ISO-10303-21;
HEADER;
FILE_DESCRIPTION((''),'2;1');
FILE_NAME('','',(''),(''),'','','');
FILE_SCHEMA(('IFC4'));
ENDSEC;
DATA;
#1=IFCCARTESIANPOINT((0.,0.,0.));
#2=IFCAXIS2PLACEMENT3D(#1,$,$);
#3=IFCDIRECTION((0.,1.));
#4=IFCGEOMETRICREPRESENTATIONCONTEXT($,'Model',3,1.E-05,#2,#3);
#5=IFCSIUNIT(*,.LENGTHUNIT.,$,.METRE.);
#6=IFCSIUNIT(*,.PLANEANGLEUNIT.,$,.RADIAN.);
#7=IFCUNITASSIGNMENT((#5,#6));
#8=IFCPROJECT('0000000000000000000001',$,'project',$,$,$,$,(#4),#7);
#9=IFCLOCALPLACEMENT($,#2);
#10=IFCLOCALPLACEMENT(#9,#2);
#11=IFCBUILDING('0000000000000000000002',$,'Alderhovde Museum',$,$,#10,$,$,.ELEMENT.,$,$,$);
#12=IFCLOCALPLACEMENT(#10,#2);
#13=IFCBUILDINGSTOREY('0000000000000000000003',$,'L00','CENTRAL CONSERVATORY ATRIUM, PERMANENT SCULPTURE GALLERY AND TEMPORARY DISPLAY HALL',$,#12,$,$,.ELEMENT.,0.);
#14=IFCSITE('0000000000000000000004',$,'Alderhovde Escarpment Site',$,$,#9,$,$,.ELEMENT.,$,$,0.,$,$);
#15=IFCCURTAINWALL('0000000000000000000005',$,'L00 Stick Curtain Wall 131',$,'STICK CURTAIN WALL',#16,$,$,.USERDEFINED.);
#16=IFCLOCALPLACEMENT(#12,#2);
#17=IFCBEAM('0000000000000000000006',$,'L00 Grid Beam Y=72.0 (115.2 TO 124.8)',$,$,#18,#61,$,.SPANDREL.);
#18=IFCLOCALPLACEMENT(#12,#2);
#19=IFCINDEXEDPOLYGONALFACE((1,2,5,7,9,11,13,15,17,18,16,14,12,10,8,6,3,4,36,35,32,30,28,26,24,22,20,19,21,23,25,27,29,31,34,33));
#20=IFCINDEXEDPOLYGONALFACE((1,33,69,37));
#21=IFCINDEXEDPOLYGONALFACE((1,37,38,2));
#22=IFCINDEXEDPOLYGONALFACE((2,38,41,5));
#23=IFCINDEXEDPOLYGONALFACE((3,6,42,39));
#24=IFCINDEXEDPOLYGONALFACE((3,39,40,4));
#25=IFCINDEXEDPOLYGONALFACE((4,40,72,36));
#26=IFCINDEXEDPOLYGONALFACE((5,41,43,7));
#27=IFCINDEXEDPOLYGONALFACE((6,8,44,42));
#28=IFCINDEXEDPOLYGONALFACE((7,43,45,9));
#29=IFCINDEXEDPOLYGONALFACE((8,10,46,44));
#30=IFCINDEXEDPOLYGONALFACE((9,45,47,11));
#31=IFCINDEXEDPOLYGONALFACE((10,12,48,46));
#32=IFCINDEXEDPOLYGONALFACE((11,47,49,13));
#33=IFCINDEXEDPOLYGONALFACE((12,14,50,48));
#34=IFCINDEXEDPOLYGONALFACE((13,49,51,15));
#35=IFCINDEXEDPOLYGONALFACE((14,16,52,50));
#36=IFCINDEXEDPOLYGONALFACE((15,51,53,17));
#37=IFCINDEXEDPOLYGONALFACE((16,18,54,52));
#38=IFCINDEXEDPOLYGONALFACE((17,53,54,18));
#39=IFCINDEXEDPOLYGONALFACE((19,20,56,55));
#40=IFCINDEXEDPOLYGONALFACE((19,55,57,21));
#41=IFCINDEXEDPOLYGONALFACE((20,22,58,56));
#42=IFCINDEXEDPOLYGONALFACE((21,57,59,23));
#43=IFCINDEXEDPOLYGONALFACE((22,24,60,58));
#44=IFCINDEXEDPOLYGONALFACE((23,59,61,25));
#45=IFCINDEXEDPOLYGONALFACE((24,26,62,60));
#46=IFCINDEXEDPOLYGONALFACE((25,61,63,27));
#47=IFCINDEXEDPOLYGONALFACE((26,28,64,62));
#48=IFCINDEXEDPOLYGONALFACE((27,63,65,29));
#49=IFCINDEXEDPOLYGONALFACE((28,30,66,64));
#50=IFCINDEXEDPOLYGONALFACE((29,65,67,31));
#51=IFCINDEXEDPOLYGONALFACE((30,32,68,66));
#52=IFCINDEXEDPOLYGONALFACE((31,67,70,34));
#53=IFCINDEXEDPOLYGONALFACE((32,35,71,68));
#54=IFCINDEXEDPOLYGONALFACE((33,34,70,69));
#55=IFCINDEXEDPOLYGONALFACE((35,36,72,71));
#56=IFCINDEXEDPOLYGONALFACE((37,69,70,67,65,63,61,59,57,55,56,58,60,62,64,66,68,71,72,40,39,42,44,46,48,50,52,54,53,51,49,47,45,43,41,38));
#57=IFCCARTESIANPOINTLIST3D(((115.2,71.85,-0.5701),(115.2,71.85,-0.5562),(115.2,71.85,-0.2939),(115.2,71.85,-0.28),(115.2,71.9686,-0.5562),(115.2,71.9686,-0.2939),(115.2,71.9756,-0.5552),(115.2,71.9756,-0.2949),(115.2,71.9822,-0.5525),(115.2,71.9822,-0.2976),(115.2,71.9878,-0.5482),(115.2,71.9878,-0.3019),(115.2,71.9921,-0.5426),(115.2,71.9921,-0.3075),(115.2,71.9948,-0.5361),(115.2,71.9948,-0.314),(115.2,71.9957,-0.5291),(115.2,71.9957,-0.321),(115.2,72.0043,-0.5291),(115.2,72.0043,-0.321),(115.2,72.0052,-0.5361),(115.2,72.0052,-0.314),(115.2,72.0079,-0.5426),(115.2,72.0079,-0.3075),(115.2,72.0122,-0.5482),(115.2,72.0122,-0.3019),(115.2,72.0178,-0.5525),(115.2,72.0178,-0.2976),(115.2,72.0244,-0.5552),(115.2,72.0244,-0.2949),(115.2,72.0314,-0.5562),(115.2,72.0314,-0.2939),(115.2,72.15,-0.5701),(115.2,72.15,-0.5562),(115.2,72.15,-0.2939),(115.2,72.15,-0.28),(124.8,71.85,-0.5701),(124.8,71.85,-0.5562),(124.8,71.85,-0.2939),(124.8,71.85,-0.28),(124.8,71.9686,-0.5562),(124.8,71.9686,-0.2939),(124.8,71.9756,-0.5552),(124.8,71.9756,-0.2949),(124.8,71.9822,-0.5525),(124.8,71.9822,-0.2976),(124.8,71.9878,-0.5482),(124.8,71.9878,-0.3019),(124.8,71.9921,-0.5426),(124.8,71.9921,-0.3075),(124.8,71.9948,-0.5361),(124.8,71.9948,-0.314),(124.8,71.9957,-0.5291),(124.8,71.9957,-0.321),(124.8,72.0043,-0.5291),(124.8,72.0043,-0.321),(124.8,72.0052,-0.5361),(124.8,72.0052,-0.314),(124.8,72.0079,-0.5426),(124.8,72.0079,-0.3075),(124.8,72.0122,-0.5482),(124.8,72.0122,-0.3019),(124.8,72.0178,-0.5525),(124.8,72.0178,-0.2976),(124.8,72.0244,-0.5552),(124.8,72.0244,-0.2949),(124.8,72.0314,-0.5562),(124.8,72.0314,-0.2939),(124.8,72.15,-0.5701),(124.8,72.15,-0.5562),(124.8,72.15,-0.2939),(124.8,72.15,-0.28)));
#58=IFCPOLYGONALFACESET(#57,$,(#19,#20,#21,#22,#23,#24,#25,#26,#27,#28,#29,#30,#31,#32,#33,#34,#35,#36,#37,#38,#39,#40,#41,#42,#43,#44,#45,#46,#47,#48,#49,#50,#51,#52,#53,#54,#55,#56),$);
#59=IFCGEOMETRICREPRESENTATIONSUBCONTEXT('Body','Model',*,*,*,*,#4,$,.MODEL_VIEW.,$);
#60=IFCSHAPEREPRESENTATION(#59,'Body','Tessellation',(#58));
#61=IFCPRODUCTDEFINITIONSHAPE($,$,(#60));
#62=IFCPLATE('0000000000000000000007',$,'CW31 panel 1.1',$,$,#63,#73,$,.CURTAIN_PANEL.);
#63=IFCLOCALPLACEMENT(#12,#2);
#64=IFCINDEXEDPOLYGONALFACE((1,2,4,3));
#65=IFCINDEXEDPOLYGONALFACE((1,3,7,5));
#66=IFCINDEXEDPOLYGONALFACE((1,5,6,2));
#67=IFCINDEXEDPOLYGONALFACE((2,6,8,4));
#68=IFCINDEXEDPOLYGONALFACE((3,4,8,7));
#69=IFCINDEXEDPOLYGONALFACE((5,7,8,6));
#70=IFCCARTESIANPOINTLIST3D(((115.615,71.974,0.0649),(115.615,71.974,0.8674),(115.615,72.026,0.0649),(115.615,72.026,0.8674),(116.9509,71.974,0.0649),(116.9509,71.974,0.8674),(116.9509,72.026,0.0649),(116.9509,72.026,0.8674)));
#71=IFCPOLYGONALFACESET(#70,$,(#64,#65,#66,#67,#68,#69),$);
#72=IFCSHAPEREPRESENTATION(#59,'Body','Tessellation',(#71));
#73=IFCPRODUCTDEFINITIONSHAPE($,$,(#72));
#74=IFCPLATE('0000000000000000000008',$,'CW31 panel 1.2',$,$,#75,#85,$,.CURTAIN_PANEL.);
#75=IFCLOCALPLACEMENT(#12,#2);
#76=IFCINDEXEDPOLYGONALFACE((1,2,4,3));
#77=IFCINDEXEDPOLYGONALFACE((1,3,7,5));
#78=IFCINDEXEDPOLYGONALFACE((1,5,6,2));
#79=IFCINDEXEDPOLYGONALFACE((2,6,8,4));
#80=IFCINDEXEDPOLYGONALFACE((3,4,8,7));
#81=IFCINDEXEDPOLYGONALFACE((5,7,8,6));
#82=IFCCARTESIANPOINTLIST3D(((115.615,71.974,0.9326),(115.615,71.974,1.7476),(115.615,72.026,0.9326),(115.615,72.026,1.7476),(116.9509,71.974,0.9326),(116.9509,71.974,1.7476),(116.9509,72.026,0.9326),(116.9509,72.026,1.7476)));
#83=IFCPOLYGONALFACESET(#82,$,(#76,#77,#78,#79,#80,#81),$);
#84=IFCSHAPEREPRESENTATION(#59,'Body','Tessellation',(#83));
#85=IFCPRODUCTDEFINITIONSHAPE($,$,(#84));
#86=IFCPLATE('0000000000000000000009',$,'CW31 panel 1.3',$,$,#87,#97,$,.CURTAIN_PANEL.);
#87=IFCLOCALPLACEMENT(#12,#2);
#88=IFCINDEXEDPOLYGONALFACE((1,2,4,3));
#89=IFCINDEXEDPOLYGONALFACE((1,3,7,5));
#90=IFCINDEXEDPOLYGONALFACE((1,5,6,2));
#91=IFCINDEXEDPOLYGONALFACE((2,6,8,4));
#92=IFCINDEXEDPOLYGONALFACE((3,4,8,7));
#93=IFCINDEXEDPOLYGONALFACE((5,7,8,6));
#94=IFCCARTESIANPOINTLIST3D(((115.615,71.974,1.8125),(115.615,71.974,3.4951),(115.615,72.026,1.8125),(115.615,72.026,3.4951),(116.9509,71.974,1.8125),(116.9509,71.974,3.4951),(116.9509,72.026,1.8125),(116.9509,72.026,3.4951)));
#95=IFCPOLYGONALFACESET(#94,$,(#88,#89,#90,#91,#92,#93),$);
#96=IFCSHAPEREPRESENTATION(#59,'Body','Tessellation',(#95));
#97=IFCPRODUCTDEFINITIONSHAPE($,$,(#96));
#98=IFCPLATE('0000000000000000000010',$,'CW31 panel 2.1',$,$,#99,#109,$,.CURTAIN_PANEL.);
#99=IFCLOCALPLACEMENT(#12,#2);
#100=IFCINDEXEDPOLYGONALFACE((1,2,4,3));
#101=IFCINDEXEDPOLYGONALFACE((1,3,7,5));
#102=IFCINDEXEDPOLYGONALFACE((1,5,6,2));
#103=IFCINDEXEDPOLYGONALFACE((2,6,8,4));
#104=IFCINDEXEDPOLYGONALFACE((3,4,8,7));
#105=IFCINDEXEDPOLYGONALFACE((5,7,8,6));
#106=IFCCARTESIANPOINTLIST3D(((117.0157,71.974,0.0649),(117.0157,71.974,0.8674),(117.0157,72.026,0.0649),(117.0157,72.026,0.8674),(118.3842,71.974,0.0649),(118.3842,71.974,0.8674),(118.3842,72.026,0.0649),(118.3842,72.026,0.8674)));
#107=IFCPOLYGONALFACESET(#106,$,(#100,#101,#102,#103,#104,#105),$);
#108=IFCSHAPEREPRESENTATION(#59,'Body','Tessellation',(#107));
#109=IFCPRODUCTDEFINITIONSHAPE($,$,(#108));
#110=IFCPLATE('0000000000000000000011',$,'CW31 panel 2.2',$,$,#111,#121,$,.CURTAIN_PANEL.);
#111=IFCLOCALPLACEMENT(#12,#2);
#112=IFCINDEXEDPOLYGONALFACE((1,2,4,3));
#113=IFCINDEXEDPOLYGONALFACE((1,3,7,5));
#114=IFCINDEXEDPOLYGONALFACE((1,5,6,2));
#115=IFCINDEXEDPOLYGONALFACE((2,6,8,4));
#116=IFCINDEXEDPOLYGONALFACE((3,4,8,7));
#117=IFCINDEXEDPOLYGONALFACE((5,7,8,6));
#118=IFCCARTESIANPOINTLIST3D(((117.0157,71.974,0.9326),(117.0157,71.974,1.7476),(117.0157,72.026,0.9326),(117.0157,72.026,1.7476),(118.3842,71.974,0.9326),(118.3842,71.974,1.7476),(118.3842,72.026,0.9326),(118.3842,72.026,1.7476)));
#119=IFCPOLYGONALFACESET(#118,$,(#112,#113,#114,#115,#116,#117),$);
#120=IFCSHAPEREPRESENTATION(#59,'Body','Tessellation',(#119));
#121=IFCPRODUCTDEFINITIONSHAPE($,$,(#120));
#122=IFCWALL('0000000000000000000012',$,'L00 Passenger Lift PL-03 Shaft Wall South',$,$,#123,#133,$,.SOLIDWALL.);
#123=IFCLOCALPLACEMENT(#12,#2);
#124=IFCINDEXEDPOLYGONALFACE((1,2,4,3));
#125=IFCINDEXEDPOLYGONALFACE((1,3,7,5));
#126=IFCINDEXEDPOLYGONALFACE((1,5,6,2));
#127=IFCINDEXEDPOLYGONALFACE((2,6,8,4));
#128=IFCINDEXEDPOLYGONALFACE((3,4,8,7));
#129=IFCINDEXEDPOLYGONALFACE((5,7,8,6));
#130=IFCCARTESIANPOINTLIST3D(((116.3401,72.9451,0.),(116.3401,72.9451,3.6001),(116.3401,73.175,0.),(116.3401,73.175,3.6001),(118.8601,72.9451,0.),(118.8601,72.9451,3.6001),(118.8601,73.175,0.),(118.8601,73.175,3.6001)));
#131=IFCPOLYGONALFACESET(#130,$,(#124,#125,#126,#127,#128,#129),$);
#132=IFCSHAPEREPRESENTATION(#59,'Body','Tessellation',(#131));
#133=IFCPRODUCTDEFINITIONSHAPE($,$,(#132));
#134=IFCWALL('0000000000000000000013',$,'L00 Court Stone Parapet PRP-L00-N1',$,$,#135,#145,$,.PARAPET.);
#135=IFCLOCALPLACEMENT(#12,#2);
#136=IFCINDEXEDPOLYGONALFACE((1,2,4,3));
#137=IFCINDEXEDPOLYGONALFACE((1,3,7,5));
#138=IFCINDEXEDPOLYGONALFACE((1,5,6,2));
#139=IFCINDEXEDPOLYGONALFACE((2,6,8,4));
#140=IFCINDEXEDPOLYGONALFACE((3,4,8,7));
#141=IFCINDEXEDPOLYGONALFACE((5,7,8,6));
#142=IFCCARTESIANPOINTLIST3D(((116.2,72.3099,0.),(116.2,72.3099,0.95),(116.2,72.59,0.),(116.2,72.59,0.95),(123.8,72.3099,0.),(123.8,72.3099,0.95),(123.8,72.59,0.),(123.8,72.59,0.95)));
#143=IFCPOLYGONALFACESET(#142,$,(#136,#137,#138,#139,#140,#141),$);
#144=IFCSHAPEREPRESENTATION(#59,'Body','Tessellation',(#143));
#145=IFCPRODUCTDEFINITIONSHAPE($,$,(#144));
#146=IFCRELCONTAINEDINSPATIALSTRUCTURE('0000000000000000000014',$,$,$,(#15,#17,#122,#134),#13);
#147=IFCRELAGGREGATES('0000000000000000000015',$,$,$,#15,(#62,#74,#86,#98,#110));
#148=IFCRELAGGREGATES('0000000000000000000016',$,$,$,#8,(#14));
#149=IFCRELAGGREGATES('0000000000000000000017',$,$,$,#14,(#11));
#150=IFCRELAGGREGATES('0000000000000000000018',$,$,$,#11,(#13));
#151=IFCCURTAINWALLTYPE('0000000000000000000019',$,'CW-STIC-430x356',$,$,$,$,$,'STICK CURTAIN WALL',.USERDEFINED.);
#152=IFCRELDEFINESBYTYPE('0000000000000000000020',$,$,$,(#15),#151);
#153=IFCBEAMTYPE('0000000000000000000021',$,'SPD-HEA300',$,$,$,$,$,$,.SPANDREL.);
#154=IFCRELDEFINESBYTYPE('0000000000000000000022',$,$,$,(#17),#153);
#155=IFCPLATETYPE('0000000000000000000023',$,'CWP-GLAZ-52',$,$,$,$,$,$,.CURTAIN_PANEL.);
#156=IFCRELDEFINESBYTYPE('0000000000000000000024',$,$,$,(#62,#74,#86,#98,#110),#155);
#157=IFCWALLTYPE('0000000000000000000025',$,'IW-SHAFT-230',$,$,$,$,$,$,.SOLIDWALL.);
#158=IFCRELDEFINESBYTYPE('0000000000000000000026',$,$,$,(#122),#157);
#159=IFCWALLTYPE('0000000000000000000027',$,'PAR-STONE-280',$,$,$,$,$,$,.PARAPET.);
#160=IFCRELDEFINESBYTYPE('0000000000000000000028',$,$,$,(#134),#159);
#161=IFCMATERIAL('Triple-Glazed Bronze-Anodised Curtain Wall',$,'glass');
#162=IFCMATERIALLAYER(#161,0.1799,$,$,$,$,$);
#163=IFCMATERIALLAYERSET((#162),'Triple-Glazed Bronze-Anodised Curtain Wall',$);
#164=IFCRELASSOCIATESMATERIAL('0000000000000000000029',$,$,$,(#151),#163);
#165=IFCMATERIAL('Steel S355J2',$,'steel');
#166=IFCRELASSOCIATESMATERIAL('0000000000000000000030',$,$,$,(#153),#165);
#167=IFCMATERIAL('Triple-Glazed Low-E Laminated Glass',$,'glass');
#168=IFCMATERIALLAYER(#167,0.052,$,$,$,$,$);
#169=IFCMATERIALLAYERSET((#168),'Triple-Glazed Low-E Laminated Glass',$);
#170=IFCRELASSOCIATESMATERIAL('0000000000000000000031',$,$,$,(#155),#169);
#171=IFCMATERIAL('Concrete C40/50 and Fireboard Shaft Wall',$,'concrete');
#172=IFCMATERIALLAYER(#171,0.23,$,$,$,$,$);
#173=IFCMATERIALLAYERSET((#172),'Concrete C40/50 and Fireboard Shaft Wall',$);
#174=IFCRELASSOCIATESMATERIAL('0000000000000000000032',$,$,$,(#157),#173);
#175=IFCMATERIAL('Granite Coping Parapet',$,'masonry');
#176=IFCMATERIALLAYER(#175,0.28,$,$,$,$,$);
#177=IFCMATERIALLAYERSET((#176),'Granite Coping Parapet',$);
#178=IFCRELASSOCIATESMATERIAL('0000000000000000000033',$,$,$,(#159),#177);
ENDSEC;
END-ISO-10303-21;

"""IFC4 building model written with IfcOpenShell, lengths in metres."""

from ifc_helpers import new_model, si_unit, direction, frame, frame_2d, origin, origin_2d, place, context, subcontext, project, spatial, rectangle, i_section, extrude, material, layer, layer_set, material_profile, profile_set, type_object, element, aggregate, save


model = new_model("IFC4")

# Units and contexts
model_context = context("Model", 3, precision=1e-05, world=origin(), true_north=direction((0.0, 1.0)))
body_context = subcontext(model_context, "Body", "Model", "MODEL_VIEW")
ifc_project = project(units=[si_unit("LENGTHUNIT", "METRE"), si_unit("PLANEANGLEUNIT", "RADIAN")], contexts=[model_context])

# Site, building, storey
site_placement = place(None, origin())
site = spatial("IfcSite", under=ifc_project, at=site_placement, Name="Alderhovde Escarpment Site", CompositionType="ELEMENT", RefElevation=0.0)
building_placement = place(site_placement, origin())
building = spatial("IfcBuilding", under=site, at=building_placement, Name="Alderhovde Museum", CompositionType="ELEMENT")
storey_placement = place(building_placement, origin())
storey = spatial("IfcBuildingStorey", under=building, at=storey_placement, Name="L00", Description="CENTRAL CONSERVATORY ATRIUM, PERMANENT SCULPTURE GALLERY AND TEMPORARY DISPLAY HALL", CompositionType="ELEMENT", Elevation=0.0)

# Curtain wall
ifc_material_1 = material(Name="Triple-Glazed Bronze-Anodised Curtain Wall", Category="glass")
ifc_layer_1 = layer(ifc_material_1, 0.1799)
ifc_layer_set_1 = layer_set([ifc_layer_1], Name="Triple-Glazed Bronze-Anodised Curtain Wall")
curtain_wall_type = type_object("IfcCurtainWallType", Name="CW-STIC-430x356", ElementType="STICK CURTAIN WALL", PredefinedType="USERDEFINED", material=ifc_layer_set_1)
curtain_wall_placement = place(storey_placement, origin())
curtain_wall = element("IfcCurtainWall", 1, at=curtain_wall_placement, inside=storey, type_object=curtain_wall_type, Name="L00 Stick Curtain Wall 131", ObjectType="STICK CURTAIN WALL", PredefinedType="USERDEFINED")

# Beam
ifc_material_2 = material(Name="Steel S355J2", Category="steel")
ifc_material_profile_1 = material_profile(ifc_material_2, i_section(OverallWidth=0.3, OverallDepth=0.29, WebThickness=0.0085, FlangeThickness=0.0139, FilletRadius=0.0271, at=origin_2d()), Name="HEA 300")
ifc_profile_set_1 = profile_set([ifc_material_profile_1], Name="Steel S355J2")
beam_type_1 = type_object("IfcBeamType", Name="SPD-HEA300", PredefinedType="SPANDREL", material=ifc_profile_set_1)
beam_1_placement = place(storey_placement, frame((115.2, 72.0, -0.425), z_axis=(1.0, 0.0, 0.0), x_axis=(0.0, 1.0, 0.0)))
element("IfcBeam", 2, at=beam_1_placement, inside=storey, type_object=beam_type_1, Name="L00 Grid Beam Y=72.0 (115.2 TO 124.8)", PredefinedType="SPANDREL", context=body_context, shape_type="SweptSolid", body=[
    extrude(i_section(OverallWidth=0.3, OverallDepth=0.29, WebThickness=0.0085, FlangeThickness=0.0139, FilletRadius=0.0271, at=origin_2d()), origin(), (0.0, 0.0, 1.0), 9.6001),
])

# Plates
ifc_material_3 = material(Name="Triple-Glazed Low-E Laminated Glass", Category="glass")
ifc_layer_2 = layer(ifc_material_3, 0.052)
ifc_layer_set_2 = layer_set([ifc_layer_2], Name="Triple-Glazed Low-E Laminated Glass")
plate_type = type_object("IfcPlateType", Name="CWP-GLAZ-52", PredefinedType="CURTAIN_PANEL", material=ifc_layer_set_2)
plate_1_placement = place(storey_placement, frame((116.283, 72.0, 0.0649), z_axis=(0.0, 0.0, 1.0), x_axis=(1.0, 0.0, 0.0)))
plate_1 = element("IfcPlate", 3, at=plate_1_placement, type_object=plate_type, Name="CW31 panel 1.1", PredefinedType="CURTAIN_PANEL", context=body_context, shape_type="SweptSolid", body=[
    extrude(rectangle(XDim=1.3359, YDim=0.052, at=origin_2d()), origin(), (0.0, 0.0, 1.0), 0.8025),
])
plate_2_placement = place(storey_placement, frame((116.283, 72.0, 0.9326), z_axis=(0.0, 0.0, 1.0), x_axis=(1.0, 0.0, 0.0)))
plate_2 = element("IfcPlate", 4, at=plate_2_placement, type_object=plate_type, Name="CW31 panel 1.2", PredefinedType="CURTAIN_PANEL", context=body_context, shape_type="SweptSolid", body=[
    extrude(rectangle(XDim=1.3359, YDim=0.052, at=origin_2d()), origin(), (0.0, 0.0, 1.0), 0.8149),
])
plate_3_placement = place(storey_placement, frame((116.283, 72.0, 1.8125), z_axis=(0.0, 0.0, 1.0), x_axis=(1.0, 0.0, 0.0)))
plate_3 = element("IfcPlate", 5, at=plate_3_placement, type_object=plate_type, Name="CW31 panel 1.3", PredefinedType="CURTAIN_PANEL", context=body_context, shape_type="SweptSolid", body=[
    extrude(rectangle(XDim=1.3359, YDim=0.052, at=origin_2d()), origin(), (0.0, 0.0, 1.0), 1.6826),
])
plate_4_placement = place(storey_placement, frame((117.7, 72.0, 0.0649), z_axis=(0.0, 0.0, 1.0), x_axis=(1.0, 0.0, 0.0)))
plate_4 = element("IfcPlate", 6, at=plate_4_placement, type_object=plate_type, Name="CW31 panel 2.1", PredefinedType="CURTAIN_PANEL", context=body_context, shape_type="SweptSolid", body=[
    extrude(rectangle(XDim=1.3684, YDim=0.052, at=origin_2d()), origin(), (0.0, 0.0, 1.0), 0.8025),
])
plate_5_placement = place(storey_placement, frame((117.7, 72.0, 0.9326), z_axis=(0.0, 0.0, 1.0), x_axis=(1.0, 0.0, 0.0)))
plate_5 = element("IfcPlate", 7, at=plate_5_placement, type_object=plate_type, Name="CW31 panel 2.2", PredefinedType="CURTAIN_PANEL", context=body_context, shape_type="SweptSolid", body=[
    extrude(rectangle(XDim=1.3684, YDim=0.052, at=origin_2d()), origin(), (0.0, 0.0, 1.0), 0.8149),
])
aggregate(curtain_wall, [plate_1, plate_2, plate_3, plate_4, plate_5])

# Walls
ifc_material_4 = material(Name="Concrete C40/50 and Fireboard Shaft Wall", Category="concrete")
ifc_layer_3 = layer(ifc_material_4, 0.23)
ifc_layer_set_3 = layer_set([ifc_layer_3], Name="Concrete C40/50 and Fireboard Shaft Wall")
wall_type_1 = type_object("IfcWallType", Name="IW-SHAFT-230", PredefinedType="SOLIDWALL", material=ifc_layer_set_3)
wall_1_placement = place(storey_placement, frame((116.3401, 73.0601, 0.0), z_axis=(0.0, 0.0, 1.0), x_axis=(1.0, 0.0, 0.0)))
element("IfcWall", 8, at=wall_1_placement, inside=storey, type_object=wall_type_1, Name="L00 Passenger Lift PL-03 Shaft Wall South", PredefinedType="SOLIDWALL", context=body_context, shape_type="SweptSolid", body=[
    extrude(rectangle(XDim=2.52, YDim=0.23, at=frame_2d((1.26, 0.0))), origin(), (0.0, 0.0, 1.0), 3.6001),
])
ifc_material_5 = material(Name="Granite Coping Parapet", Category="masonry")
ifc_layer_4 = layer(ifc_material_5, 0.28)
ifc_layer_set_4 = layer_set([ifc_layer_4], Name="Granite Coping Parapet")
wall_type_2 = type_object("IfcWallType", Name="PAR-STONE-280", PredefinedType="PARAPET", material=ifc_layer_set_4)
wall_2_placement = place(storey_placement, frame((116.2, 72.45, 0.0), z_axis=(0.0, 0.0, 1.0), x_axis=(1.0, 0.0, 0.0)))
element("IfcWall", 9, at=wall_2_placement, inside=storey, type_object=wall_type_2, Name="L00 Court Stone Parapet PRP-L00-N1", PredefinedType="PARAPET", context=body_context, shape_type="SweptSolid", body=[
    extrude(rectangle(XDim=7.6001, YDim=0.28, at=frame_2d((3.8, 0.0))), origin(), (0.0, 0.0, 1.0), 0.95),
])

save(model, "model.ifc")
